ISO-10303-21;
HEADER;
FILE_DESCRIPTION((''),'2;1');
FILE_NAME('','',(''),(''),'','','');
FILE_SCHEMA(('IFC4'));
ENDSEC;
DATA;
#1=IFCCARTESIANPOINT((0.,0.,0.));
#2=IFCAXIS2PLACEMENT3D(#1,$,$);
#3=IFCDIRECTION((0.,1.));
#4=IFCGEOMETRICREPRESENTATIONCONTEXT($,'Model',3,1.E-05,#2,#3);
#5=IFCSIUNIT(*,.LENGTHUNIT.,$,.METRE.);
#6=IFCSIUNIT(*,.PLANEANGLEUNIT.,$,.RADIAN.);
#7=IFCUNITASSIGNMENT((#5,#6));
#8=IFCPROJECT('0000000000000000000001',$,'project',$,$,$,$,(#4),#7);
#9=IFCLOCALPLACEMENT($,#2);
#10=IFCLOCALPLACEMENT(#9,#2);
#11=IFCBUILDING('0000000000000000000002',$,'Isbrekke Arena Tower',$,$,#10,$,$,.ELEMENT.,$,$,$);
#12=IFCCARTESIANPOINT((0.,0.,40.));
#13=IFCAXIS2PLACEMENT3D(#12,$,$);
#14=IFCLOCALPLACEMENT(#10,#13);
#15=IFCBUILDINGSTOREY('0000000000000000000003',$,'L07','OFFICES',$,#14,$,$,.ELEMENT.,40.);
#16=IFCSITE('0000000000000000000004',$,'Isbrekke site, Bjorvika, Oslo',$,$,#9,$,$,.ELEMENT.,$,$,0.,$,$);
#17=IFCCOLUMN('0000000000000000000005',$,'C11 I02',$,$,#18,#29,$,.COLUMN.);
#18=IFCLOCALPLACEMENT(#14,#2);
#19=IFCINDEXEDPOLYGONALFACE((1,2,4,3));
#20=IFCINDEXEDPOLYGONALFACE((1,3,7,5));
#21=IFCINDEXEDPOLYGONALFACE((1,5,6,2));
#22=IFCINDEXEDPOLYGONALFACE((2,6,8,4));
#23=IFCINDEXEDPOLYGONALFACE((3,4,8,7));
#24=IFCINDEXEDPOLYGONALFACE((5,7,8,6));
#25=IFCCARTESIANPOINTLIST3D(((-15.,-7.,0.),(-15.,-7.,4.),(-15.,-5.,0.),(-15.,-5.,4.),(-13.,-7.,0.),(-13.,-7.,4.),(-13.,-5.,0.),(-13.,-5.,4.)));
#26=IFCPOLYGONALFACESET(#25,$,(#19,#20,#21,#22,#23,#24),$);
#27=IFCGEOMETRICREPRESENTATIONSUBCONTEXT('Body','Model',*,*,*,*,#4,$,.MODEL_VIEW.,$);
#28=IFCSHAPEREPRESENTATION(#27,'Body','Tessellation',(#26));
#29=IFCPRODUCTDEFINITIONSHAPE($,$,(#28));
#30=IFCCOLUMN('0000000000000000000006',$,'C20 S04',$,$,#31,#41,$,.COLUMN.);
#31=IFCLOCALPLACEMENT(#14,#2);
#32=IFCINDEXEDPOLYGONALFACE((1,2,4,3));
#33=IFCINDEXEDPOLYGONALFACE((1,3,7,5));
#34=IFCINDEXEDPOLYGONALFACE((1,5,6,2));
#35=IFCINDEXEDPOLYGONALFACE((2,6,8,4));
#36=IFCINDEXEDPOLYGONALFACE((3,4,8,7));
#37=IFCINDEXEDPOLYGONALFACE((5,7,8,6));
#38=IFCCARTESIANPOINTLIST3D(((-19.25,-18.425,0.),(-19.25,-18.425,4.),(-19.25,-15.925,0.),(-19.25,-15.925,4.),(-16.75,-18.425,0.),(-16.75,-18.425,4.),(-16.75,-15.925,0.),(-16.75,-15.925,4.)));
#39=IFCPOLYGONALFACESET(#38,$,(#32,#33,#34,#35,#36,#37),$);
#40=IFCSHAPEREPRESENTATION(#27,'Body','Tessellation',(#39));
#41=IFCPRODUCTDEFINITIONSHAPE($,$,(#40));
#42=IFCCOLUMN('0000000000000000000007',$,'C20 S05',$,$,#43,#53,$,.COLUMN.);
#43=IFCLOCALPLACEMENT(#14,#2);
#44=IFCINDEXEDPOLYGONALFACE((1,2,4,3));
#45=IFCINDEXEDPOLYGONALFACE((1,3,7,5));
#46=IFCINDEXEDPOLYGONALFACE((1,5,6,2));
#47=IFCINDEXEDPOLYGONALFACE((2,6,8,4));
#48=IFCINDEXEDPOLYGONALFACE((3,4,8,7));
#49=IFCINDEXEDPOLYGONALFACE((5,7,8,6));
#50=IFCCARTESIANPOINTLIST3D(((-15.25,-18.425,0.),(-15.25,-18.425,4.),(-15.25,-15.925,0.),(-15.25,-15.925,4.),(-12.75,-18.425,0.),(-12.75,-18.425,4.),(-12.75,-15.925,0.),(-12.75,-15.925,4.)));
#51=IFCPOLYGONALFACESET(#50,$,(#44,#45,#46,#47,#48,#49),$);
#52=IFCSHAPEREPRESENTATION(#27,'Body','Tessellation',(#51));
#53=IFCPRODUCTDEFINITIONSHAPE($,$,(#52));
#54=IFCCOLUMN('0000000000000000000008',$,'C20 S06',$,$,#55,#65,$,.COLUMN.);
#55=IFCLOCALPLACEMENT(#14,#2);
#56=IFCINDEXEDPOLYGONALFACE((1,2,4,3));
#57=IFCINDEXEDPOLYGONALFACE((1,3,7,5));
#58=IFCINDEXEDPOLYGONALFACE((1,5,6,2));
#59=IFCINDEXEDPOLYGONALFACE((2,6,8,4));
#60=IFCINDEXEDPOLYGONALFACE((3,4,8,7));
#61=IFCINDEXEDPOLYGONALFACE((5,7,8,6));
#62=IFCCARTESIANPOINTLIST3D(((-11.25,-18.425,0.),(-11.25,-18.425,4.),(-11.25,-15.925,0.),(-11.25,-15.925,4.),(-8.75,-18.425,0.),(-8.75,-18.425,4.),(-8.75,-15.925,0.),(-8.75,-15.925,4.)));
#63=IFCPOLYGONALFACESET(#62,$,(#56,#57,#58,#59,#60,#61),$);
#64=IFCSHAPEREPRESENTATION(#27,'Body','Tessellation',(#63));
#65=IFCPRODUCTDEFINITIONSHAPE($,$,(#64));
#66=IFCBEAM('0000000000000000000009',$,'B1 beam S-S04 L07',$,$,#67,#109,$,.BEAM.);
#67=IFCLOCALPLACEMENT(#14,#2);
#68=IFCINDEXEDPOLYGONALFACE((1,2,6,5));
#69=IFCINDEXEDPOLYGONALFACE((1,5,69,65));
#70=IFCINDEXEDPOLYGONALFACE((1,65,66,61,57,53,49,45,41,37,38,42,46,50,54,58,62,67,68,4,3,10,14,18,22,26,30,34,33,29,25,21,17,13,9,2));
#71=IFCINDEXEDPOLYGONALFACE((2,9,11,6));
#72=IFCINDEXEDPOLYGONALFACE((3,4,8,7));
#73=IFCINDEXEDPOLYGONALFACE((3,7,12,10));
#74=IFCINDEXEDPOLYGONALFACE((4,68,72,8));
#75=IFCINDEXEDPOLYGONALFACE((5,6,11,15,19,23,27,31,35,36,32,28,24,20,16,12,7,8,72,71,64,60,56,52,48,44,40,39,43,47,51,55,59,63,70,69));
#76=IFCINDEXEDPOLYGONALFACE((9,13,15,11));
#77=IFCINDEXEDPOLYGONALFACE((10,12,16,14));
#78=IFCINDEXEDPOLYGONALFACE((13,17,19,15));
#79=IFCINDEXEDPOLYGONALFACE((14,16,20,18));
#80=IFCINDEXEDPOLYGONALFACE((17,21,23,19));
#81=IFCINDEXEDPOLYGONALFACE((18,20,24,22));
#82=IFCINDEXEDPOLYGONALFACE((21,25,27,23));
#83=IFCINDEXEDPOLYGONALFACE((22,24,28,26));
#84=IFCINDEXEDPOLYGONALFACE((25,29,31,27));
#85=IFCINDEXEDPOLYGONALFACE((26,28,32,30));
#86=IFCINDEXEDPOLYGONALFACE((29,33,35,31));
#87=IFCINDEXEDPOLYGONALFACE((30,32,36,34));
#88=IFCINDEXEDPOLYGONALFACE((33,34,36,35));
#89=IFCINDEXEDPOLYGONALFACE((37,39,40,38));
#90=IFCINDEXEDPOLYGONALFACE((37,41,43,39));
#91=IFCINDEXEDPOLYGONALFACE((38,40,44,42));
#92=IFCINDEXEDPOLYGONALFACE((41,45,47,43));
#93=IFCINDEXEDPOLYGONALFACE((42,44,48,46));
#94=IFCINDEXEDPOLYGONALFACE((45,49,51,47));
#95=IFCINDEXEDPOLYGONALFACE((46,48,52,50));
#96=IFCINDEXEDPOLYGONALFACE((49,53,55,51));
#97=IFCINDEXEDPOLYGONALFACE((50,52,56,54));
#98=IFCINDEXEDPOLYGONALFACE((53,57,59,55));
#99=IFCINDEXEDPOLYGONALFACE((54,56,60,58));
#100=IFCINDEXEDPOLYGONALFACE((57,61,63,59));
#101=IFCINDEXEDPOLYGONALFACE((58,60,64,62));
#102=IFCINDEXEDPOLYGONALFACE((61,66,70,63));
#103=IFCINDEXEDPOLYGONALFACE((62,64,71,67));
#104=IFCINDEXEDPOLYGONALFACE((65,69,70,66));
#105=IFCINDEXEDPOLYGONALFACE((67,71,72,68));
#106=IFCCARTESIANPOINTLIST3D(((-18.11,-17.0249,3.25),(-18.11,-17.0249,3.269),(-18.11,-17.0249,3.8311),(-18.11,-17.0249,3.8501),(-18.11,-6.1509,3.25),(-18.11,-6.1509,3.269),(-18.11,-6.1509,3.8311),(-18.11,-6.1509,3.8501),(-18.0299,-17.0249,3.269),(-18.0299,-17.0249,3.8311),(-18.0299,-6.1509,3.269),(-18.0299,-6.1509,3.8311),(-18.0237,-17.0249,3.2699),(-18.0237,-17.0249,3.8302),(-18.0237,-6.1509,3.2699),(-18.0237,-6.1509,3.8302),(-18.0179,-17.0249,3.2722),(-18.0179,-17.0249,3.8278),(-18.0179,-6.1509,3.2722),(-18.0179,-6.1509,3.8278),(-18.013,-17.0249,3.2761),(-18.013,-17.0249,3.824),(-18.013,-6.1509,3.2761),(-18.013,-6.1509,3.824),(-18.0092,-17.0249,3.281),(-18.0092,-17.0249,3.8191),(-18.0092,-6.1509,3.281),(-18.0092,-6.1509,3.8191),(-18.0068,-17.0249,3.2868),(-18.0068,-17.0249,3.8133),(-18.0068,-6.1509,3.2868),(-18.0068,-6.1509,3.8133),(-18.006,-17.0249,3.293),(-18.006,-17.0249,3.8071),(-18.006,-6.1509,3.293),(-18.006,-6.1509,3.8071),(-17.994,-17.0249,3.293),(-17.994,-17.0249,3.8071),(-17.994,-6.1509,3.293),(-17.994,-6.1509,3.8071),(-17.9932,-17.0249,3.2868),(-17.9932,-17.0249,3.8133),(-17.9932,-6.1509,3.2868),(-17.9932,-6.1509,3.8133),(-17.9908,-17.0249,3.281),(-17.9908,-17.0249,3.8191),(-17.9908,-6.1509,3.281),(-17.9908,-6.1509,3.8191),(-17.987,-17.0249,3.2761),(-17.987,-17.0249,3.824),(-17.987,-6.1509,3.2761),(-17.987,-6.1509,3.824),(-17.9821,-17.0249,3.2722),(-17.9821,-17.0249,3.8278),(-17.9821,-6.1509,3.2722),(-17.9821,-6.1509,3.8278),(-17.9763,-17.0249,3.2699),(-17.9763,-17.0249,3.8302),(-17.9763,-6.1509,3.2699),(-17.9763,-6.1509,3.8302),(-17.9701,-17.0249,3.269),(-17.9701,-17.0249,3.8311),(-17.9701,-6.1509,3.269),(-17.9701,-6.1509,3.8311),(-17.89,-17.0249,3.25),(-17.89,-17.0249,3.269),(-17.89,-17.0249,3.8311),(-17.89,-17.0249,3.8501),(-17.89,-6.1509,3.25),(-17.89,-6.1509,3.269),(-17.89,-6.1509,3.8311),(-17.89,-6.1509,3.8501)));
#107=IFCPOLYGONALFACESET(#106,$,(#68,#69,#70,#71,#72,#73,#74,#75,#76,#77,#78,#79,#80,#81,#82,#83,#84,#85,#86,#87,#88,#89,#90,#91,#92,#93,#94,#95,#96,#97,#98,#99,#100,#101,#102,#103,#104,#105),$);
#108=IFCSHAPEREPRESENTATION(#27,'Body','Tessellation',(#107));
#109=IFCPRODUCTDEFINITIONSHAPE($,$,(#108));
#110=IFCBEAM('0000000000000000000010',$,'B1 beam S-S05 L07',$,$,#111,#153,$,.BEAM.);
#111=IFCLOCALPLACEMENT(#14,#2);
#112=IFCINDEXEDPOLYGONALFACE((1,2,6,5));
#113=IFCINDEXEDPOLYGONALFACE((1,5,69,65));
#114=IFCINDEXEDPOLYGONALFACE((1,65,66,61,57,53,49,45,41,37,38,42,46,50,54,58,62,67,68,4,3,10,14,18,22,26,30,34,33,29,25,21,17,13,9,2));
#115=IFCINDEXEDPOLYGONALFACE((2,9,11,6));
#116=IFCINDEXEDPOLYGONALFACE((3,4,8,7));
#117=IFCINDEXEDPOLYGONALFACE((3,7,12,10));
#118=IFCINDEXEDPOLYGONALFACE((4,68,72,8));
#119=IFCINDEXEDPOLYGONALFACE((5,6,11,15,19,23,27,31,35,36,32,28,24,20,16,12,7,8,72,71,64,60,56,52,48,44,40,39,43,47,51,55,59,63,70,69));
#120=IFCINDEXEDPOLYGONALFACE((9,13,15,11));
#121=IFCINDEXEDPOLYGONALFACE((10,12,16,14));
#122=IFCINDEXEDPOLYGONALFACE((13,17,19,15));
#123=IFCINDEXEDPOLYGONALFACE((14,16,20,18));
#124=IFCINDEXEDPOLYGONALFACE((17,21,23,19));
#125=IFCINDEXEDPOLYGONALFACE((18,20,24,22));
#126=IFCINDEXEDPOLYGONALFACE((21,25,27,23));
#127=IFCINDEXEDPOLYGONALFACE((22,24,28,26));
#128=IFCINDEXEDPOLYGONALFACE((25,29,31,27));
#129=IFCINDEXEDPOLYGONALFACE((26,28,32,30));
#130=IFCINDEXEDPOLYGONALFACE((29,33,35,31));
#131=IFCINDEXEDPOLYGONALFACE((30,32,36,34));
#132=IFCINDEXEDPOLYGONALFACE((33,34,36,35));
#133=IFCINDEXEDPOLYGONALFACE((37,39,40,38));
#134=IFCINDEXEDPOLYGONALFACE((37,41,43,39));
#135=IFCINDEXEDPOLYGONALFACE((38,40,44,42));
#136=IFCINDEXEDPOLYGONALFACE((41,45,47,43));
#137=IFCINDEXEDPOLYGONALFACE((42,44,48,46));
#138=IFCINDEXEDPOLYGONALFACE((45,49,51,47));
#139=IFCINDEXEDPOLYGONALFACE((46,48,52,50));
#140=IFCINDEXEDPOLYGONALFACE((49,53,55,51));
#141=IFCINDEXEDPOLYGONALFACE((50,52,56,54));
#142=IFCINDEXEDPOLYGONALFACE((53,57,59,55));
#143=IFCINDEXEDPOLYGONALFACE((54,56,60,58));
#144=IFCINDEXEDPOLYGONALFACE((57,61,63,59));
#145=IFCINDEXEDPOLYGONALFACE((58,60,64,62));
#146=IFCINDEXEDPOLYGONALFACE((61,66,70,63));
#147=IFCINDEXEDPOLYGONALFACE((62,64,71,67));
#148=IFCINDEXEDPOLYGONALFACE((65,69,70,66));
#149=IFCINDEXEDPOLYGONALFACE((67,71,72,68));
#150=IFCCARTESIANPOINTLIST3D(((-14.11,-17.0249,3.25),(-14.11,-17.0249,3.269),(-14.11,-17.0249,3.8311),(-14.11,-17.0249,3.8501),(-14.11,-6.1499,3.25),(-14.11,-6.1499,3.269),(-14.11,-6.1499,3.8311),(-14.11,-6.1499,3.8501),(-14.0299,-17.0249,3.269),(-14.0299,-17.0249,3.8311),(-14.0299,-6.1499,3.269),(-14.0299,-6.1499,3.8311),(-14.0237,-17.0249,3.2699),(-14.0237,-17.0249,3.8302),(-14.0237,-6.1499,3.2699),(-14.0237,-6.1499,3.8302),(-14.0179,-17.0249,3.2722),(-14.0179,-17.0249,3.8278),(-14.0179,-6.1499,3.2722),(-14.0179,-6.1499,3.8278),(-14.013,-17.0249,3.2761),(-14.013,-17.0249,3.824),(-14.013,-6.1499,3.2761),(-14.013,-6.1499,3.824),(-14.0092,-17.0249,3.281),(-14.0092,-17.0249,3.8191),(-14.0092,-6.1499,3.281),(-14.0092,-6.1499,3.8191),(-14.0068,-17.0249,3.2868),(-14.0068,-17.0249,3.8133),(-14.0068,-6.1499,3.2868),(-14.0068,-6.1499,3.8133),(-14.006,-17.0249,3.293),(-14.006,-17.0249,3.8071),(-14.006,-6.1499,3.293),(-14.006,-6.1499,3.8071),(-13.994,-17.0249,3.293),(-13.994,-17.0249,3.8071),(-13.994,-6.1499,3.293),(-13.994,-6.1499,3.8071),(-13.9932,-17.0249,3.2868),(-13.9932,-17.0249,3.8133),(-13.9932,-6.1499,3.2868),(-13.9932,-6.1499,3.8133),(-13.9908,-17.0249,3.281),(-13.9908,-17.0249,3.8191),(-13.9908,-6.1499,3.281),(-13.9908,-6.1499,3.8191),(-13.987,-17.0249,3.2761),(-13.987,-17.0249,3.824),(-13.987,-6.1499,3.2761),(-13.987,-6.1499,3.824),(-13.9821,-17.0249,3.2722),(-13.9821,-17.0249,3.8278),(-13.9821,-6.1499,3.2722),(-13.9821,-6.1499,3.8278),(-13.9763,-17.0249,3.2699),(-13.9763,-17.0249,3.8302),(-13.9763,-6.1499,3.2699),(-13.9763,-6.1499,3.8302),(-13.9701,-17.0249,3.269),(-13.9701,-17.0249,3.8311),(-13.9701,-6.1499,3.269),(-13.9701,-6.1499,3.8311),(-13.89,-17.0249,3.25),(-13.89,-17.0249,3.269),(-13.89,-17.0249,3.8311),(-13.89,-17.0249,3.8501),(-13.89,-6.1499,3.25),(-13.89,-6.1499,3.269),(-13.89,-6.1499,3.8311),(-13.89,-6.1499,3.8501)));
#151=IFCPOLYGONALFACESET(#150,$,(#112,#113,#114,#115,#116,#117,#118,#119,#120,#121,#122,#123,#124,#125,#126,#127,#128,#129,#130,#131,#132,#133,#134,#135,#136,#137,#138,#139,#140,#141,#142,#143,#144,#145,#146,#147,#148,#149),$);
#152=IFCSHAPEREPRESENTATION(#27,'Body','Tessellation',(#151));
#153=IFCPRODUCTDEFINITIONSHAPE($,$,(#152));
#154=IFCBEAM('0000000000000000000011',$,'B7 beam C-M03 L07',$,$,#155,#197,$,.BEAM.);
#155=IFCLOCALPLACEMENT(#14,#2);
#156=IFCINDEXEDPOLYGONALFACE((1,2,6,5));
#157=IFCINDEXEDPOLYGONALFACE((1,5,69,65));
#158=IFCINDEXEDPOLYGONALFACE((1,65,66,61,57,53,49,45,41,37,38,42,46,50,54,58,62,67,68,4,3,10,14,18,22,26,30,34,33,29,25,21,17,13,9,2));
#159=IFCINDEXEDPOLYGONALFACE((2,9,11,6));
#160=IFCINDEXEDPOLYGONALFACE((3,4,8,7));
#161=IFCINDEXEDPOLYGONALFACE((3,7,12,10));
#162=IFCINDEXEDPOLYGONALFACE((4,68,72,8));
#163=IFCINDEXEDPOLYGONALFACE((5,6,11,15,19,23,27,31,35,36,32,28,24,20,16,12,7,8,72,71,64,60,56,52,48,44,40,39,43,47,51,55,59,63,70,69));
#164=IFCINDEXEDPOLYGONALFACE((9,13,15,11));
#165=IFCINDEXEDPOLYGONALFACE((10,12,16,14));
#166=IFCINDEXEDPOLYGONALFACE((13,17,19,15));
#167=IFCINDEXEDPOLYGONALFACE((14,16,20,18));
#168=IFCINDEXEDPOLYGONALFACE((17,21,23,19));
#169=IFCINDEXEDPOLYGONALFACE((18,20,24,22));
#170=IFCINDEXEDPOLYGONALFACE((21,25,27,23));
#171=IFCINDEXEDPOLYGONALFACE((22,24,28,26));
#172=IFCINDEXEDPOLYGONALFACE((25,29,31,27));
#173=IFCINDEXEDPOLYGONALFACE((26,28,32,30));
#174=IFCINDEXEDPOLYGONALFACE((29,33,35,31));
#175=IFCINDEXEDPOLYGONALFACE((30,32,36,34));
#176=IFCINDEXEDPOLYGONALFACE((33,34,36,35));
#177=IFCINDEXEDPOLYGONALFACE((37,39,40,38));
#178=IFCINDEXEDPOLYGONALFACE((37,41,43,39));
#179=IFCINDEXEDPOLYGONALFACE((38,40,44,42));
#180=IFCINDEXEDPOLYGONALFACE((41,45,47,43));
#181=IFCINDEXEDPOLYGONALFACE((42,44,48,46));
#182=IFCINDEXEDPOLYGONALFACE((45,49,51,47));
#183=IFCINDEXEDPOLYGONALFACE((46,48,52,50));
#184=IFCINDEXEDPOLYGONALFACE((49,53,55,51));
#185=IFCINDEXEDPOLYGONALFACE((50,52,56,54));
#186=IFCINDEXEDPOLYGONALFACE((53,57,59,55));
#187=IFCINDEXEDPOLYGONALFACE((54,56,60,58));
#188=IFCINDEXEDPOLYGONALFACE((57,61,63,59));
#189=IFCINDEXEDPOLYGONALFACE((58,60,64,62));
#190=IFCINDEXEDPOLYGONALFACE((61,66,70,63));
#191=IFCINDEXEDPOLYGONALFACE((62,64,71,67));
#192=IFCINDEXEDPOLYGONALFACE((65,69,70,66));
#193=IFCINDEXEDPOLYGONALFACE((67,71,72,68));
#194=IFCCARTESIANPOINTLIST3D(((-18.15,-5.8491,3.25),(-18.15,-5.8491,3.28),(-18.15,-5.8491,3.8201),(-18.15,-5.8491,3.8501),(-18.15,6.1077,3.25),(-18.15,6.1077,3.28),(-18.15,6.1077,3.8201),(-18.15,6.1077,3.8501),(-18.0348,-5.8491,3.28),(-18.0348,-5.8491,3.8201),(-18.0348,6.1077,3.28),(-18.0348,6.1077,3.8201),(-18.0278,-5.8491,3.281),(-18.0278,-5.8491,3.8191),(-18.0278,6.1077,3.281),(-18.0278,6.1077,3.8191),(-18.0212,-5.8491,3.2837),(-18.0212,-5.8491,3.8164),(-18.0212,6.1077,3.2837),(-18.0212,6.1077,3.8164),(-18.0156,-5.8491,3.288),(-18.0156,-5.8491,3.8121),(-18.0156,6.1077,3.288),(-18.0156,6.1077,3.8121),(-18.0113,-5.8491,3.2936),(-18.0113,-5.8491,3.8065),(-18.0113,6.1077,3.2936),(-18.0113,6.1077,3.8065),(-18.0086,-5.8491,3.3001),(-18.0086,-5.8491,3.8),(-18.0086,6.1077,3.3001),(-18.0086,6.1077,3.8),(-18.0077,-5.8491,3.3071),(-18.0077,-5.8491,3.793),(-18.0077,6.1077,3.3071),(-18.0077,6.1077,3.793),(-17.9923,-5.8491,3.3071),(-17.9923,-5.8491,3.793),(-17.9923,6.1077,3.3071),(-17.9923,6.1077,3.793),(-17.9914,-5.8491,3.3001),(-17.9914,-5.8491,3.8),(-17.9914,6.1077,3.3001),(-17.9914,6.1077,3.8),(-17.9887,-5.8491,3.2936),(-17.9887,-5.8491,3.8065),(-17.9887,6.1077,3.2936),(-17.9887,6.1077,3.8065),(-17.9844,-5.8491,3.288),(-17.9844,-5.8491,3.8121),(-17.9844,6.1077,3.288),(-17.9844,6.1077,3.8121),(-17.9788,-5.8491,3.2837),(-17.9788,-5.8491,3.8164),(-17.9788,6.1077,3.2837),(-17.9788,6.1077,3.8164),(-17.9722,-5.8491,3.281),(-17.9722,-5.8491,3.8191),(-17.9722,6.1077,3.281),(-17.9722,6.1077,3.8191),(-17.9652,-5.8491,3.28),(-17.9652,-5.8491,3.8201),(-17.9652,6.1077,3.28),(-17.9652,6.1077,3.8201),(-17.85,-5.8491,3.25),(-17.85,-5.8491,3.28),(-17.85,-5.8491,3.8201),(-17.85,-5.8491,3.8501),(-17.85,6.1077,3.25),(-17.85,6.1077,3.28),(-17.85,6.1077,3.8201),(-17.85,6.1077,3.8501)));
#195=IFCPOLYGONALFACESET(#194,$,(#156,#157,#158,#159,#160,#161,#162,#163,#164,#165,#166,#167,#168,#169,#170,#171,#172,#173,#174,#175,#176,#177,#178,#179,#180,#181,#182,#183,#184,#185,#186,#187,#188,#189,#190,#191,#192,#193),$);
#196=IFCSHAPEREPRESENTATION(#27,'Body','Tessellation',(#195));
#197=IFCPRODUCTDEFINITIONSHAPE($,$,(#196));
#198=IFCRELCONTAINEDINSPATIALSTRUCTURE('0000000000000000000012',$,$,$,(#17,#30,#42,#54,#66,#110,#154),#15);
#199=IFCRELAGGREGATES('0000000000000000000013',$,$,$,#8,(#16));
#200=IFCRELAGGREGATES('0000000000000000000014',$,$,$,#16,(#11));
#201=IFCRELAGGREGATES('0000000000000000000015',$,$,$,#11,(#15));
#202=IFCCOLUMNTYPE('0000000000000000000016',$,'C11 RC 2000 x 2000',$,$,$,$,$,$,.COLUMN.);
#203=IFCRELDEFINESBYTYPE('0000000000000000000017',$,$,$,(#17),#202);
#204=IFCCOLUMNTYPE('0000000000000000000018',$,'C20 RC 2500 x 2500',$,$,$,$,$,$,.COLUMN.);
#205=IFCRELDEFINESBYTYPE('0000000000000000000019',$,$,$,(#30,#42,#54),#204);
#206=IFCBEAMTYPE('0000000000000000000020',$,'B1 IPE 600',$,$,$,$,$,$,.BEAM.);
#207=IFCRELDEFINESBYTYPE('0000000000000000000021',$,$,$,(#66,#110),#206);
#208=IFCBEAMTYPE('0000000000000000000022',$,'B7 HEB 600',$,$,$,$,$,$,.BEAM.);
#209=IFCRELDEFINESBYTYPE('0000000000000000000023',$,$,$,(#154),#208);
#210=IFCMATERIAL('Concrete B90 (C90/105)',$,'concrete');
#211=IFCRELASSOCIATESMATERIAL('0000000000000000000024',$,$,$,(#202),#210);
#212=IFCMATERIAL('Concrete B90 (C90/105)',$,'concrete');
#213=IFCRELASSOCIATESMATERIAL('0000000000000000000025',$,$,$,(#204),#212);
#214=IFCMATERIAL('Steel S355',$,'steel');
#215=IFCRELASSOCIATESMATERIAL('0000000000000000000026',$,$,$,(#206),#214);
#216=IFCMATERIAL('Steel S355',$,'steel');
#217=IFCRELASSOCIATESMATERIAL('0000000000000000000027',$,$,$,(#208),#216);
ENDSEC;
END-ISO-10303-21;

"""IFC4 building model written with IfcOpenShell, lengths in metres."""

from ifc_helpers import new_model, si_unit, direction, frame, origin, origin_2d, place, context, subcontext, project, spatial, rectangle, i_section, extrude, material, material_profile, profile_set, type_object, element, save


model = new_model("IFC4")

# Units and contexts
model_context = context("Model", 3, precision=1e-05, world=origin(), true_north=direction((0.0, 1.0)))
body_context = subcontext(model_context, "Body", "Model", "MODEL_VIEW")
ifc_project = project(units=[si_unit("LENGTHUNIT", "METRE"), si_unit("PLANEANGLEUNIT", "RADIAN")], contexts=[model_context])

# Site, building, storey
site_placement = place(None, origin())
site = spatial("IfcSite", under=ifc_project, at=site_placement, Name="Isbrekke site, Bjorvika, Oslo", CompositionType="ELEMENT", RefElevation=0.0)
building_placement = place(site_placement, origin())
building = spatial("IfcBuilding", under=site, at=building_placement, Name="Isbrekke Arena Tower", CompositionType="ELEMENT")
storey_placement = place(building_placement, frame((0.0, 0.0, 40.0)))
storey = spatial("IfcBuildingStorey", under=building, at=storey_placement, Name="L07", Description="OFFICES", CompositionType="ELEMENT", Elevation=40.0)

# Columns
ifc_material_1 = material(Name="Concrete B90 (C90/105)", Category="concrete")
ifc_material_profile_1 = material_profile(ifc_material_1, rectangle(XDim=2.0, YDim=2.0, at=origin_2d()), Name="RC 2000x2000")
ifc_profile_set_1 = profile_set([ifc_material_profile_1], Name="Concrete B90 (C90/105)")
column_type_1 = type_object("IfcColumnType", Name="C11 RC 2000 x 2000", PredefinedType="COLUMN", material=ifc_profile_set_1)
column_placement = place(storey_placement, frame((-14.0, -6.0, 0.0), z_axis=(0.0, 0.0, 1.0), x_axis=(1.0, 0.0, 0.0)))
element("IfcColumn", 1, at=column_placement, inside=storey, type_object=column_type_1, Name="C11 I02", PredefinedType="COLUMN", context=body_context, shape_type="SweptSolid", body=[
    extrude(rectangle(XDim=2.0, YDim=2.0, at=origin_2d()), origin(), (0.0, 0.0, 1.0), 4.0),
])
ifc_material_2 = material(Name="Concrete B90 (C90/105)", Category="concrete")
ifc_material_profile_2 = material_profile(ifc_material_2, rectangle(XDim=2.5, YDim=2.5, at=origin_2d()), Name="RC 2500x2500")
ifc_profile_set_2 = profile_set([ifc_material_profile_2], Name="Concrete B90 (C90/105)")
column_type_2 = type_object("IfcColumnType", Name="C20 RC 2500 x 2500", PredefinedType="COLUMN", material=ifc_profile_set_2)
for number, where, z_axis, x_axis, name in (
    (2, (-18.0, -17.175, 0.0), (0.0, 0.0, 1.0), (1.0, 0.0, 0.0), "C20 S04"),
    (3, (-14.0, -17.175, 0.0), (0.0, 0.0, 1.0), (1.0, 0.0, 0.0), "C20 S05"),
    (4, (-10.0, -17.175, 0.0), (0.0, 0.0, 1.0), (1.0, 0.0, 0.0), "C20 S06"),
):
    element("IfcColumn", number, at=place(storey_placement, frame(where, z_axis=z_axis, x_axis=x_axis)), inside=storey, type_object=column_type_2, Name=name, PredefinedType="COLUMN", context=body_context, shape_type="SweptSolid", body=[
        extrude(rectangle(XDim=2.5, YDim=2.5, at=origin_2d()), origin(), (0.0, 0.0, 1.0), 4.0),
    ])

# Beams
ifc_material_3 = material(Name="Steel S355", Category="steel")
ifc_material_profile_3 = material_profile(ifc_material_3, i_section(OverallWidth=0.22, OverallDepth=0.6001, WebThickness=0.012, FlangeThickness=0.019, FilletRadius=0.0239, at=origin_2d()), Name="IPE 600")
ifc_profile_set_3 = profile_set([ifc_material_profile_3], Name="Steel S355")
beam_type_1 = type_object("IfcBeamType", Name="B1 IPE 600", PredefinedType="BEAM", material=ifc_profile_set_3)
beam_1_placement = place(storey_placement, frame((-18.0, -17.0249, 3.55), z_axis=(0.0, 1.0, 0.0), x_axis=(-1.0, 0.0, 0.0)))
element("IfcBeam", 5, at=beam_1_placement, inside=storey, type_object=beam_type_1, Name="B1 beam S-S04 L07", PredefinedType="BEAM", context=body_context, shape_type="SweptSolid", body=[
    extrude(i_section(OverallWidth=0.22, OverallDepth=0.6001, WebThickness=0.012, FlangeThickness=0.019, FilletRadius=0.0239, at=origin_2d()), origin(), (0.0, 0.0, 1.0), 10.874),
])
beam_2_placement = place(storey_placement, frame((-14.0, -17.0249, 3.55), z_axis=(0.0, 1.0, 0.0), x_axis=(-1.0, 0.0, 0.0)))
element("IfcBeam", 6, at=beam_2_placement, inside=storey, type_object=beam_type_1, Name="B1 beam S-S05 L07", PredefinedType="BEAM", context=body_context, shape_type="SweptSolid", body=[
    extrude(i_section(OverallWidth=0.22, OverallDepth=0.6001, WebThickness=0.012, FlangeThickness=0.019, FilletRadius=0.0239, at=origin_2d()), origin(), (0.0, 0.0, 1.0), 10.875),
])
ifc_material_4 = material(Name="Steel S355", Category="steel")
ifc_material_profile_4 = material_profile(ifc_material_4, i_section(OverallWidth=0.3, OverallDepth=0.6001, WebThickness=0.0154, FlangeThickness=0.03, FilletRadius=0.0271, at=origin_2d()), Name="HEB 600")
ifc_profile_set_4 = profile_set([ifc_material_profile_4], Name="Steel S355")
beam_type_2 = type_object("IfcBeamType", Name="B7 HEB 600", PredefinedType="BEAM", material=ifc_profile_set_4)
beam_3_placement = place(storey_placement, frame((-18.0, -5.8491, 3.55), z_axis=(0.0, 1.0, 0.0), x_axis=(-1.0, 0.0, 0.0)))
element("IfcBeam", 7, at=beam_3_placement, inside=storey, type_object=beam_type_2, Name="B7 beam C-M03 L07", PredefinedType="BEAM", context=body_context, shape_type="SweptSolid", body=[
    extrude(i_section(OverallWidth=0.3, OverallDepth=0.6001, WebThickness=0.0154, FlangeThickness=0.03, FilletRadius=0.0271, at=origin_2d()), origin(), (0.0, 0.0, 1.0), 11.9568),
])

save(model, "model.ifc")
